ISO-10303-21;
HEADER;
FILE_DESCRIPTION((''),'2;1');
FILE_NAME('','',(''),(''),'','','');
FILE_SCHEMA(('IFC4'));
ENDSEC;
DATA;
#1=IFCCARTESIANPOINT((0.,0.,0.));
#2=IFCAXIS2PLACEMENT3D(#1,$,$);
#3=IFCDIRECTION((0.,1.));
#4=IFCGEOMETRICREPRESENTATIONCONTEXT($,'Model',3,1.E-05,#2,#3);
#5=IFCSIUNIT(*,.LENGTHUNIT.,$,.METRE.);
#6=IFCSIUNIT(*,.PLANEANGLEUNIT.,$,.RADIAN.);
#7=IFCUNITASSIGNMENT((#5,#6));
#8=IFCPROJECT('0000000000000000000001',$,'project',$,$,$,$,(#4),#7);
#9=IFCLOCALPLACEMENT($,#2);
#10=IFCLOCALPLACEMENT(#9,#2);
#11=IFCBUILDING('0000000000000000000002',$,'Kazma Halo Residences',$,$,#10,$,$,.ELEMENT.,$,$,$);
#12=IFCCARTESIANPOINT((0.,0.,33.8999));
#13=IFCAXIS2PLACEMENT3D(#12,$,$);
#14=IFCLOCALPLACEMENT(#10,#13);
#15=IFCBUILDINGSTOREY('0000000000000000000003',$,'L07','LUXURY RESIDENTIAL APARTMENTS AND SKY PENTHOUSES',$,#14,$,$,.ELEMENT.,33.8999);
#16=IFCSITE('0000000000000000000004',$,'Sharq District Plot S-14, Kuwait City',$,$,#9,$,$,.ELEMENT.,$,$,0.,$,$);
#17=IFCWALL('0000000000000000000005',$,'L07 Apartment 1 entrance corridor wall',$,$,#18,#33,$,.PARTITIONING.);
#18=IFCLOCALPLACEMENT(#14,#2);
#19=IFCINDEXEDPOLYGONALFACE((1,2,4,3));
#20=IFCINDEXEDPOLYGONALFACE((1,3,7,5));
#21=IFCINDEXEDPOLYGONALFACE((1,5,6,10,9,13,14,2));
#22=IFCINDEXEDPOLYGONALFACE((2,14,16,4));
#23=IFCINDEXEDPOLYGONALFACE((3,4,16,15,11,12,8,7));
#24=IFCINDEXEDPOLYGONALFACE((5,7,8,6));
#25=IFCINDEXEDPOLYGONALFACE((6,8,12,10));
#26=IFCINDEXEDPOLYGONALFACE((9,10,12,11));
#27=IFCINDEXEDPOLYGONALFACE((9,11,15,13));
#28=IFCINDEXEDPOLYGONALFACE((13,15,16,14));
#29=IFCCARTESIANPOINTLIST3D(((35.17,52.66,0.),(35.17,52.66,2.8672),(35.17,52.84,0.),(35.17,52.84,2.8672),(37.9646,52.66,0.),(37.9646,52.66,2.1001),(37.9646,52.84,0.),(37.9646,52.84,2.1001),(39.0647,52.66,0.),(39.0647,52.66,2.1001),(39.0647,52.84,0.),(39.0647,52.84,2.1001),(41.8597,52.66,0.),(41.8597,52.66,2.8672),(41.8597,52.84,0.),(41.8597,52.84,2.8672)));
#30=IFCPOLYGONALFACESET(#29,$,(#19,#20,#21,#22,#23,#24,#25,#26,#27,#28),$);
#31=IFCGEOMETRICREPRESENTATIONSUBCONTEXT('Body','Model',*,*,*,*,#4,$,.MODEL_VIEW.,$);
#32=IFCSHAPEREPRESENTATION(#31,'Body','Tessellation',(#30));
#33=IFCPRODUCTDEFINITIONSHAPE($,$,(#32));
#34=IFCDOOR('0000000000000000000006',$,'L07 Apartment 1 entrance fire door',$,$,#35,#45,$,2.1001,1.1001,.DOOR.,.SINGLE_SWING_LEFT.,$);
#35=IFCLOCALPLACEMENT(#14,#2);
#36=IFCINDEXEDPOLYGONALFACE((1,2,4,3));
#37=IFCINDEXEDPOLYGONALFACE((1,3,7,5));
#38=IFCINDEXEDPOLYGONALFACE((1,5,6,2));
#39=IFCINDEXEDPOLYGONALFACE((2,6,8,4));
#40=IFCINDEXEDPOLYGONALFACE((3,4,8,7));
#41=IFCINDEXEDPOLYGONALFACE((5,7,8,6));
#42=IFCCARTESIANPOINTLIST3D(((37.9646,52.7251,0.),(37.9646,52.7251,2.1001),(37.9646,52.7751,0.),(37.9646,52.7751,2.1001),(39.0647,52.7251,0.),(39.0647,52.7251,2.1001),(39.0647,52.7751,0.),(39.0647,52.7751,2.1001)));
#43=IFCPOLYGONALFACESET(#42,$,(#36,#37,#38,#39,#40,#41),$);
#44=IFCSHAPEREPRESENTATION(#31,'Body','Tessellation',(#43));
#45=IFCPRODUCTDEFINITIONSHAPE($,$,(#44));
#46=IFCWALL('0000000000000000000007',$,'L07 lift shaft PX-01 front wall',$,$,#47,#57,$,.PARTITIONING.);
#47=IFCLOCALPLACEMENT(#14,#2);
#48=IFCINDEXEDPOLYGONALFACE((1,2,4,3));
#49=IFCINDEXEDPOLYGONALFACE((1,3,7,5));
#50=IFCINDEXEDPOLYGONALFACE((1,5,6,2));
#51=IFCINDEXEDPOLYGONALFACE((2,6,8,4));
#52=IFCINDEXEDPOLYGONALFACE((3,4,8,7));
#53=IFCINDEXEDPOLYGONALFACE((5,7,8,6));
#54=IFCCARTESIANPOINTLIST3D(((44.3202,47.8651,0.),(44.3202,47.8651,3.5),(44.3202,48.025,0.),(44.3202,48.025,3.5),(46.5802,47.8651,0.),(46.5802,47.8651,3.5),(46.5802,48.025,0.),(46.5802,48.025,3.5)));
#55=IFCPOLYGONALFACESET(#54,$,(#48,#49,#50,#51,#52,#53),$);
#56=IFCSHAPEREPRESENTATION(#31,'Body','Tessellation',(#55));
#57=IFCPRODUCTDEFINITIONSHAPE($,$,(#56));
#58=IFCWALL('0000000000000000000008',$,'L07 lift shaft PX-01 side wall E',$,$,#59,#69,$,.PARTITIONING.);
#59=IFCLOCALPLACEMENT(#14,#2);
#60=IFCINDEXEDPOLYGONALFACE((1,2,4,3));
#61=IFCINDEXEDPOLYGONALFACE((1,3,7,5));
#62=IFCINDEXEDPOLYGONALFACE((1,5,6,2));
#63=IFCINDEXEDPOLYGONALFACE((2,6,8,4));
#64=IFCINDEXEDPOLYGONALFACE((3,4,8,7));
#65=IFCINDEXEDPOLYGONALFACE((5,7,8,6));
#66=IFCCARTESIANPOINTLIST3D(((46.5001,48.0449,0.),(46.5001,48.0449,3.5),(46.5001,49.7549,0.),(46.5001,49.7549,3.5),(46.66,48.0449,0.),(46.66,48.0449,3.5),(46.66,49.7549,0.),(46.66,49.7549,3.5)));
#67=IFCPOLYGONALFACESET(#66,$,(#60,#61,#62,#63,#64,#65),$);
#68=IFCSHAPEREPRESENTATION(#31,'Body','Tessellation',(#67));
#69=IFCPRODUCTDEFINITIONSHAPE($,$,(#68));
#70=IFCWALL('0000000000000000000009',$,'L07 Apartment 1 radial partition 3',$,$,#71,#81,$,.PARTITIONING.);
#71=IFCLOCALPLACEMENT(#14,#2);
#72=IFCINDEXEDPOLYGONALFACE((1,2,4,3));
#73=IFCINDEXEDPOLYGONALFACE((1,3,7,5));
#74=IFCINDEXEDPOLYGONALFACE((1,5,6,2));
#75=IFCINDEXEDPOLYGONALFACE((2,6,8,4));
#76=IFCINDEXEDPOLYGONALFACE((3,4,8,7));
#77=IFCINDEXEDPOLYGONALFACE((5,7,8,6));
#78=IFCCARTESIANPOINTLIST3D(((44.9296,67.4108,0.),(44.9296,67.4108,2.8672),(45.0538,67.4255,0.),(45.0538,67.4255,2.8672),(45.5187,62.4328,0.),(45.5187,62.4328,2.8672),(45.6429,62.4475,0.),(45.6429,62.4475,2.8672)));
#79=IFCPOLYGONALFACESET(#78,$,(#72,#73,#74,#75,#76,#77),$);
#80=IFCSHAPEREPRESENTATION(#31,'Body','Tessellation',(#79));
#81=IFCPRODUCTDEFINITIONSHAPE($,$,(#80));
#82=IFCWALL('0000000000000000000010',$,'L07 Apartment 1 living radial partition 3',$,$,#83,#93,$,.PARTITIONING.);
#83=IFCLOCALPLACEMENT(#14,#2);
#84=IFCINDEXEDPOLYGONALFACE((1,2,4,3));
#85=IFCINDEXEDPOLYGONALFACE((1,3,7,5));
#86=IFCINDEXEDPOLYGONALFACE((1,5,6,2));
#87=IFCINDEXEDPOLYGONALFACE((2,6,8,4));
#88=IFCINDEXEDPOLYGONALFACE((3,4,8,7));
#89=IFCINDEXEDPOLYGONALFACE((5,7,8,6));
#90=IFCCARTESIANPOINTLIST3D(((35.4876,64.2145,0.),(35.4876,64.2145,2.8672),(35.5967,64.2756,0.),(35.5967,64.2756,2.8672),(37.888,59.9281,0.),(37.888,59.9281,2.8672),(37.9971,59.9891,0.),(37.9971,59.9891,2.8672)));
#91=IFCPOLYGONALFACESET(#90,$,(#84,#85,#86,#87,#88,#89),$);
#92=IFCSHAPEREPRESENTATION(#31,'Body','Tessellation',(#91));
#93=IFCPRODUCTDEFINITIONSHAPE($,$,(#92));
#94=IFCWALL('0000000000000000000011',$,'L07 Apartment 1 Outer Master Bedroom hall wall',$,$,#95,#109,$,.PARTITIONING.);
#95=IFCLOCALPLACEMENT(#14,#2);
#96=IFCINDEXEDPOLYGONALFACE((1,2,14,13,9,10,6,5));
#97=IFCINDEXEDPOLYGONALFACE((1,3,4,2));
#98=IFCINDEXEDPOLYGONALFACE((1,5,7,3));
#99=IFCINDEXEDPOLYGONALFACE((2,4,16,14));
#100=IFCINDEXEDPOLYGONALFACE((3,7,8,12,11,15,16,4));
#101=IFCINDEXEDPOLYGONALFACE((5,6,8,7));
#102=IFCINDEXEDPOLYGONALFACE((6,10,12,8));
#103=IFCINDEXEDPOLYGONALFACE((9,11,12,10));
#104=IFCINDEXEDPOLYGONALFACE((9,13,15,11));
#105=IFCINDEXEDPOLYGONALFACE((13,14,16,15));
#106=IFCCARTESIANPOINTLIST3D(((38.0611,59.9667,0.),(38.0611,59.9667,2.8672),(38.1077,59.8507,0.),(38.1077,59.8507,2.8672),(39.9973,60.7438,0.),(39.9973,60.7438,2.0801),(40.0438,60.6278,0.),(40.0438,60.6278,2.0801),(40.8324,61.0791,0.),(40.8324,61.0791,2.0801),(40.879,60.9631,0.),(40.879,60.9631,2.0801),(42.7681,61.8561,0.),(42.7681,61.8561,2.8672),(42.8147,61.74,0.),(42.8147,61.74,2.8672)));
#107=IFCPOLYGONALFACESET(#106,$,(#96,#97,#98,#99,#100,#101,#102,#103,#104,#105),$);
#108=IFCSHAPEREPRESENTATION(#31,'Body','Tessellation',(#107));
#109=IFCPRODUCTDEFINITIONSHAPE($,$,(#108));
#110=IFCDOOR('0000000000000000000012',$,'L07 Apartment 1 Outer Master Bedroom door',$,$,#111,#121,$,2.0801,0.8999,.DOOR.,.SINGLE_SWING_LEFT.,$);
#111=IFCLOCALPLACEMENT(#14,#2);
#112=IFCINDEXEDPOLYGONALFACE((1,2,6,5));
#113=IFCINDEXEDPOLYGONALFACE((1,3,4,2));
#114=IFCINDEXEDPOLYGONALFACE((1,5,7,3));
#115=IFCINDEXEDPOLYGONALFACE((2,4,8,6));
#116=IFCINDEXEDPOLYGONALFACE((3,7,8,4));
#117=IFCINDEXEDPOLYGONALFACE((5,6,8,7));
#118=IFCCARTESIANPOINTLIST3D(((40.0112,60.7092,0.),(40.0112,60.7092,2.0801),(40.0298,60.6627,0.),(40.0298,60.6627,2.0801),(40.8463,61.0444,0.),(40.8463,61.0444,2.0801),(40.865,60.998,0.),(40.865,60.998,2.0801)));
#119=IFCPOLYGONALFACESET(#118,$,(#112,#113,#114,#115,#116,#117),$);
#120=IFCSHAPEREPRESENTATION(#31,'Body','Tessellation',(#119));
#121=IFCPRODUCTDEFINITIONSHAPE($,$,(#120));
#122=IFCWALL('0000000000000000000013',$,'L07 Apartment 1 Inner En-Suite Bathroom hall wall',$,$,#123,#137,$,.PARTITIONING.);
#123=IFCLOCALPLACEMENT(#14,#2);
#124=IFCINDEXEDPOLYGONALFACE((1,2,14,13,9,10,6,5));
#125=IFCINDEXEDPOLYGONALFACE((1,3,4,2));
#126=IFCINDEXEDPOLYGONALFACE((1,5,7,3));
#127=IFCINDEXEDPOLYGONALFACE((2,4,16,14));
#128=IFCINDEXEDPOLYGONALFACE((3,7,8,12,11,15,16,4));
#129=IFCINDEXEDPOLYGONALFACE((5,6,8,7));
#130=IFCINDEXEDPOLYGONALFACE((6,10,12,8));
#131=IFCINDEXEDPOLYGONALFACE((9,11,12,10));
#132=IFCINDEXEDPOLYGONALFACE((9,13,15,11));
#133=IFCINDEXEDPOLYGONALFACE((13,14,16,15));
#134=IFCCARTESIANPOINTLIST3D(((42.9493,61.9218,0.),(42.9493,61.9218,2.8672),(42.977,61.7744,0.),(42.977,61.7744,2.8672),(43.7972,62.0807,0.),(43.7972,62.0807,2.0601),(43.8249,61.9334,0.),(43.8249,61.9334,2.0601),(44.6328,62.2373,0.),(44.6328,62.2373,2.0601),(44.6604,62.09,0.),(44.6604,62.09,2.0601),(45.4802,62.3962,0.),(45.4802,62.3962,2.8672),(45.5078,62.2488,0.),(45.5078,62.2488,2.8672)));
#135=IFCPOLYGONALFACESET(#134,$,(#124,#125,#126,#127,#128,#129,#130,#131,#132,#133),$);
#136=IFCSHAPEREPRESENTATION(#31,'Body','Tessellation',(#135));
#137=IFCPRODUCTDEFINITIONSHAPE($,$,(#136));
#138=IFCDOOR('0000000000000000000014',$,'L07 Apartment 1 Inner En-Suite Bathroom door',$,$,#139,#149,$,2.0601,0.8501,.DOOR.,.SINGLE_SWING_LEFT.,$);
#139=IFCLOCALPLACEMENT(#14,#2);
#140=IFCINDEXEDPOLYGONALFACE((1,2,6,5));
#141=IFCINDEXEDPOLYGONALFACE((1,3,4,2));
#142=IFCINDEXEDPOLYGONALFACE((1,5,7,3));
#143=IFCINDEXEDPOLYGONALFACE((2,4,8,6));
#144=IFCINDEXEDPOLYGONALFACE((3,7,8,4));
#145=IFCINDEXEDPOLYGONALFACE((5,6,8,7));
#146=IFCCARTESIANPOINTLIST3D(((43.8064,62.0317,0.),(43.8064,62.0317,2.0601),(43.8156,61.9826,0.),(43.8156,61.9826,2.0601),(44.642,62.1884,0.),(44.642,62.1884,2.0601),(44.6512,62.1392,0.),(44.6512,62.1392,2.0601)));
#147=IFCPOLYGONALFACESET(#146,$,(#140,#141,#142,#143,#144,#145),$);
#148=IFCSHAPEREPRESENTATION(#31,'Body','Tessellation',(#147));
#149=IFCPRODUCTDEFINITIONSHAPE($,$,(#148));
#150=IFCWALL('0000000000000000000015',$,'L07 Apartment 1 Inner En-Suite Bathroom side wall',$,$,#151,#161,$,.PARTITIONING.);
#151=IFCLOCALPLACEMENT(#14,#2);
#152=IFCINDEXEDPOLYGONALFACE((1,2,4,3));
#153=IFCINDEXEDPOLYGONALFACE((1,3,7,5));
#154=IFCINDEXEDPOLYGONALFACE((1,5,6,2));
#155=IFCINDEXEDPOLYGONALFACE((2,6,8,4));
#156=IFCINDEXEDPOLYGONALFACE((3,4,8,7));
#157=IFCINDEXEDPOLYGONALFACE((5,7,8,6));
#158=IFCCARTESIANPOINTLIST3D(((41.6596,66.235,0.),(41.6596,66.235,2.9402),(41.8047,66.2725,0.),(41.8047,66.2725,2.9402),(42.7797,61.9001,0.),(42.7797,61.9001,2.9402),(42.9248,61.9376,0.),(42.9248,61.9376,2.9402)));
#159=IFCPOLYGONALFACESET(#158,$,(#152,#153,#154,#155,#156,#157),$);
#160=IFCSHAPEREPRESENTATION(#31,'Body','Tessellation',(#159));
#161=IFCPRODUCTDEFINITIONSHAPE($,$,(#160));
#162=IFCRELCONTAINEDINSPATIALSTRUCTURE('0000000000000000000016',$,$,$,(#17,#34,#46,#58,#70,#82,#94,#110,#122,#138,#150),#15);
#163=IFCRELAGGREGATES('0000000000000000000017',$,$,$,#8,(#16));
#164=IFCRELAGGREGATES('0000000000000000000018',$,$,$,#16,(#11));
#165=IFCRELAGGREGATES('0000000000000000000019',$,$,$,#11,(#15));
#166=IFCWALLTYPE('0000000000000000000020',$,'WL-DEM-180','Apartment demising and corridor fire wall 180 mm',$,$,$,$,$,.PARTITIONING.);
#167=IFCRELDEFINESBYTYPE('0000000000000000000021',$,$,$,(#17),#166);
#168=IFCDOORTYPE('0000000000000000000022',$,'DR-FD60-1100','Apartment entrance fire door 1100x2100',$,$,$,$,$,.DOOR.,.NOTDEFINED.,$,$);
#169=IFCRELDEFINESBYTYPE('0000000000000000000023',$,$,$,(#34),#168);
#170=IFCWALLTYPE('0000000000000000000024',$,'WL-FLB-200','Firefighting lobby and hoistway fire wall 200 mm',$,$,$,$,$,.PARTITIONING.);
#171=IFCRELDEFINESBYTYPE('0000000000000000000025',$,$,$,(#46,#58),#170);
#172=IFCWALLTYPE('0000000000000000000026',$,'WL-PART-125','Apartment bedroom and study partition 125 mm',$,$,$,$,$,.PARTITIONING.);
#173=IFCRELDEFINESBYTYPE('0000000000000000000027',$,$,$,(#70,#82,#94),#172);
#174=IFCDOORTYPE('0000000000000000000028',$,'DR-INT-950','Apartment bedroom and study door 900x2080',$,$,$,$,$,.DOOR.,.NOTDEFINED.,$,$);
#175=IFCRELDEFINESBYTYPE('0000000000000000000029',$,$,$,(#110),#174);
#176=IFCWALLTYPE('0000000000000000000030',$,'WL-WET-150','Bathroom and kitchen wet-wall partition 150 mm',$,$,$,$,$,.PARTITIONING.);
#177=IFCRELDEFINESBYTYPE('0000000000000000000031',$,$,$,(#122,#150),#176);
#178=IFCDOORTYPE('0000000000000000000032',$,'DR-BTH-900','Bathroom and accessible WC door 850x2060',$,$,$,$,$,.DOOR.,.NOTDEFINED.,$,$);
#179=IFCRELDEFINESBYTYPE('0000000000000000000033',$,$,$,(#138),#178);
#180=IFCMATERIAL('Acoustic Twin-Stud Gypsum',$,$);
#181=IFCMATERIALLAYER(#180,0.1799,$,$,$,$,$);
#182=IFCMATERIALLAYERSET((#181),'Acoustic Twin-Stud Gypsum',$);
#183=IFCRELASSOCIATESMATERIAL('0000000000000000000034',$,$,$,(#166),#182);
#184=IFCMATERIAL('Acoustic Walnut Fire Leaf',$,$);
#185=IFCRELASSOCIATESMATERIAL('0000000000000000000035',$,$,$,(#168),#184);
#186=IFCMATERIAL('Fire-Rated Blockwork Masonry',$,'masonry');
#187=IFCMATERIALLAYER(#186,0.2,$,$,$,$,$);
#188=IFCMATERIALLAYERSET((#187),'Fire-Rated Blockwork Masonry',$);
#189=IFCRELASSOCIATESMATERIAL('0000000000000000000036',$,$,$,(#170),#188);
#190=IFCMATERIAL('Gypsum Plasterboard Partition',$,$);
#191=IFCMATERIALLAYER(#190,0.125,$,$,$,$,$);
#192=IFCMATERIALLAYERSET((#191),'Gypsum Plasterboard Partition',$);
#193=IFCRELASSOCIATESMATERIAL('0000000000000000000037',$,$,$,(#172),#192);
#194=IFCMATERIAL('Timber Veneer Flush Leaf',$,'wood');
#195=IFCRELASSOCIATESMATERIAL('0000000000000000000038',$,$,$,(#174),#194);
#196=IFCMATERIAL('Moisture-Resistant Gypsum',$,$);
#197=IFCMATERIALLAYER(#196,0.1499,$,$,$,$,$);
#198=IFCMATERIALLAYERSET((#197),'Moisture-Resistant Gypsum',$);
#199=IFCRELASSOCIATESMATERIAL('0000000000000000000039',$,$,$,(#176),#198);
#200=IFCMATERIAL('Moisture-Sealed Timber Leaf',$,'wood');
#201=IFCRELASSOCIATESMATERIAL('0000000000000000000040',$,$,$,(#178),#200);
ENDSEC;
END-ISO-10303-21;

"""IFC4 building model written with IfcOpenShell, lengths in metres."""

from ifc_helpers import new_model, si_unit, direction, frame, frame_2d, origin, place, context, subcontext, project, spatial, rectangle, extrude, material, layer, layer_set, type_object, element, fill, save


model = new_model("IFC4")

# Units and contexts
model_context = context("Model", 3, precision=1e-05, world=origin(), true_north=direction((0.0, 1.0)))
body_context = subcontext(model_context, "Body", "Model", "MODEL_VIEW")
ifc_project = project(units=[si_unit("LENGTHUNIT", "METRE"), si_unit("PLANEANGLEUNIT", "RADIAN")], contexts=[model_context])

# Site, building, storey
site_placement = place(None, origin())
site = spatial("IfcSite", under=ifc_project, at=site_placement, Name="Sharq District Plot S-14, Kuwait City", CompositionType="ELEMENT", RefElevation=0.0)
building_placement = place(site_placement, origin())
building = spatial("IfcBuilding", under=site, at=building_placement, Name="Kazma Halo Residences", CompositionType="ELEMENT")
storey_placement = place(building_placement, frame((0.0, 0.0, 33.8999)))
storey = spatial("IfcBuildingStorey", under=building, at=storey_placement, Name="L07", Description="LUXURY RESIDENTIAL APARTMENTS AND SKY PENTHOUSES", CompositionType="ELEMENT", Elevation=33.8999)

# Wall, opening, door
ifc_material_1 = material(Name="Acoustic Twin-Stud Gypsum")
ifc_layer_1 = layer(ifc_material_1, 0.1799)
ifc_layer_set_1 = layer_set([ifc_layer_1], Name="Acoustic Twin-Stud Gypsum")
wall_type_1 = type_object("IfcWallType", Name="WL-DEM-180", Description="Apartment demising and corridor fire wall 180 mm", PredefinedType="PARTITIONING", material=ifc_layer_set_1)
wall_1_placement = place(storey_placement, frame((41.8596, 52.75, 0.0), z_axis=(0.0, 0.0, 1.0), x_axis=(-1.0, 0.0, 0.0)))
wall_1 = element("IfcWall", 1, at=wall_1_placement, inside=storey, type_object=wall_type_1, Name="L07 Apartment 1 entrance corridor wall", PredefinedType="PARTITIONING", context=body_context, shape_type="SweptSolid", body=[
    extrude(rectangle(XDim=6.6897, YDim=0.1799, at=frame_2d((3.3447, 0.0))), origin(), (0.0, 0.0, 1.0), 2.8672),
])
opening_1_placement = place(wall_1_placement, frame((2.7949, 0.0, 0.0)))
opening_1 = element("IfcOpeningElement", 2, at=opening_1_placement, cuts=wall_1, PredefinedType="OPENING", context=body_context, shape_type="SweptSolid", body=[
    extrude(rectangle(XDim=1.1001, YDim=2.1001, at=frame_2d((0.55, 1.05))), frame((0.0, 0.0999, 0.0), z_axis=(0.0, -1.0, 0.0), x_axis=(1.0, 0.0, 0.0)), (0.0, 0.0, 1.0), 0.2),
])
ifc_material_2 = material(Name="Acoustic Walnut Fire Leaf")
door_type_1 = type_object("IfcDoorType", Name="DR-FD60-1100", Description="Apartment entrance fire door 1100x2100", OperationType="NOTDEFINED", PredefinedType="DOOR", material=ifc_material_2)
door_1_placement = place(opening_1_placement, origin())
door_1 = element("IfcDoor", 3, at=door_1_placement, inside=storey, type_object=door_type_1, Name="L07 Apartment 1 entrance fire door", OperationType="SINGLE_SWING_LEFT", OverallHeight=2.1001, OverallWidth=1.1001, PredefinedType="DOOR", context=body_context, shape_type="SweptSolid", body=[
    extrude(rectangle(XDim=1.1001, YDim=2.1001, at=frame_2d((0.55, 1.05))), frame((0.0, 0.0249, 0.0), z_axis=(0.0, -1.0, 0.0), x_axis=(1.0, 0.0, 0.0)), (0.0, 0.0, 1.0), 0.05),
])
fill(opening_1, door_1)

# Walls
ifc_material_3 = material(Name="Fire-Rated Blockwork Masonry", Category="masonry")
ifc_layer_2 = layer(ifc_material_3, 0.2)
ifc_layer_set_2 = layer_set([ifc_layer_2], Name="Fire-Rated Blockwork Masonry")
wall_type_2 = type_object("IfcWallType", Name="WL-FLB-200", Description="Firefighting lobby and hoistway fire wall 200 mm", PredefinedType="PARTITIONING", material=ifc_layer_set_2)
wall_2_placement = place(storey_placement, frame((46.5801, 47.9451, 0.0), z_axis=(0.0, 0.0, 1.0), x_axis=(-1.0, 0.0, 0.0)))
element("IfcWall", 4, at=wall_2_placement, inside=storey, type_object=wall_type_2, Name="L07 lift shaft PX-01 front wall", PredefinedType="PARTITIONING", context=body_context, shape_type="SweptSolid", body=[
    extrude(rectangle(XDim=2.26, YDim=0.1599, at=frame_2d((1.1299, 0.0))), origin(), (0.0, 0.0, 1.0), 3.5),
])
wall_3_placement = place(storey_placement, frame((46.5801, 48.0449, 0.0), z_axis=(0.0, 0.0, 1.0), x_axis=(0.0, 1.0, 0.0)))
element("IfcWall", 5, at=wall_3_placement, inside=storey, type_object=wall_type_2, Name="L07 lift shaft PX-01 side wall E", PredefinedType="PARTITIONING", context=body_context, shape_type="SweptSolid", body=[
    extrude(rectangle(XDim=1.71, YDim=0.1599, at=frame_2d((0.855, 0.0))), origin(), (0.0, 0.0, 1.0), 3.5),
])
ifc_material_4 = material(Name="Gypsum Plasterboard Partition")
ifc_layer_3 = layer(ifc_material_4, 0.125)
ifc_layer_set_3 = layer_set([ifc_layer_3], Name="Gypsum Plasterboard Partition")
wall_type_3 = type_object("IfcWallType", Name="WL-PART-125", Description="Apartment bedroom and study partition 125 mm", PredefinedType="PARTITIONING", material=ifc_layer_set_3)
wall_4_placement = place(storey_placement, frame((45.5808, 62.4402, 0.0), z_axis=(0.0, 0.0, 1.0), x_axis=(-0.117522, 0.99307, 0.0)))
element("IfcWall", 6, at=wall_4_placement, inside=storey, type_object=wall_type_3, Name="L07 Apartment 1 radial partition 3", PredefinedType="PARTITIONING", context=body_context, shape_type="SweptSolid", body=[
    extrude(rectangle(XDim=5.0127, YDim=0.125, at=frame_2d((2.5063, 0.0))), origin(), (0.0, 0.0, 1.0), 2.8672),
])
wall_5_placement = place(storey_placement, frame((37.9426, 59.9585, 0.0), z_axis=(0.0, 0.0, 1.0), x_axis=(-0.488606, 0.872504, 0.0)))
element("IfcWall", 7, at=wall_5_placement, inside=storey, type_object=wall_type_3, Name="L07 Apartment 1 living radial partition 3", PredefinedType="PARTITIONING", context=body_context, shape_type="SweptSolid", body=[
    extrude(rectangle(XDim=4.9128, YDim=0.125, at=frame_2d((2.4565, 0.0))), origin(), (0.0, 0.0, 1.0), 2.8672),
])

# Walls, openings, doors
wall_6_placement = place(storey_placement, frame((42.7915, 61.7981, 0.0), z_axis=(0.0, 0.0, 1.0), x_axis=(-0.928028, -0.372511, 0.0)))
wall_6 = element("IfcWall", 8, at=wall_6_placement, inside=storey, type_object=wall_type_3, Name="L07 Apartment 1 Outer Master Bedroom hall wall", PredefinedType="PARTITIONING", context=body_context, shape_type="SweptSolid", body=[
    extrude(rectangle(XDim=5.072, YDim=0.125, at=frame_2d((2.5361, 0.0))), origin(), (0.0, 0.0, 1.0), 2.8672),
])
opening_2_placement = place(wall_6_placement, frame((2.0859, 0.0, 0.0)))
opening_2 = element("IfcOpeningElement", 9, at=opening_2_placement, cuts=wall_6, PredefinedType="OPENING", context=body_context, shape_type="SweptSolid", body=[
    extrude(rectangle(XDim=0.8999, YDim=2.0801, at=frame_2d((0.45, 1.04))), frame((0.0, 0.0725, 0.0), z_axis=(0.0, -1.0, 0.0), x_axis=(1.0, 0.0, 0.0)), (0.0, 0.0, 1.0), 0.145),
])
ifc_material_5 = material(Name="Timber Veneer Flush Leaf", Category="wood")
door_type_2 = type_object("IfcDoorType", Name="DR-INT-950", Description="Apartment bedroom and study door 900x2080", OperationType="NOTDEFINED", PredefinedType="DOOR", material=ifc_material_5)
door_2_placement = place(opening_2_placement, origin())
door_2 = element("IfcDoor", 10, at=door_2_placement, inside=storey, type_object=door_type_2, Name="L07 Apartment 1 Outer Master Bedroom door", OperationType="SINGLE_SWING_LEFT", OverallHeight=2.0801, OverallWidth=0.8999, PredefinedType="DOOR", context=body_context, shape_type="SweptSolid", body=[
    extrude(rectangle(XDim=0.8999, YDim=2.0801, at=frame_2d((0.45, 1.04))), frame((0.0, 0.0249, 0.0), z_axis=(0.0, -1.0, 0.0), x_axis=(1.0, 0.0, 0.0)), (0.0, 0.0, 1.0), 0.05),
])
fill(opening_2, door_2)
ifc_material_6 = material(Name="Moisture-Resistant Gypsum")
ifc_layer_4 = layer(ifc_material_6, 0.1499)
ifc_layer_set_4 = layer_set([ifc_layer_4], Name="Moisture-Resistant Gypsum")
wall_type_4 = type_object("IfcWallType", Name="WL-WET-150", Description="Bathroom and kitchen wet-wall partition 150 mm", PredefinedType="PARTITIONING", material=ifc_layer_set_4)
wall_7_placement = place(storey_placement, frame((45.4941, 62.3225, 0.0), z_axis=(0.0, 0.0, 1.0), x_axis=(-0.982883, -0.184231, 0.0)))
wall_7 = element("IfcWall", 11, at=wall_7_placement, inside=storey, type_object=wall_type_4, Name="L07 Apartment 1 Inner En-Suite Bathroom hall wall", PredefinedType="PARTITIONING", context=body_context, shape_type="SweptSolid", body=[
    extrude(rectangle(XDim=2.575, YDim=0.1499, at=frame_2d((1.2876, 0.0))), origin(), (0.0, 0.0, 1.0), 2.8672),
])
opening_3_placement = place(wall_7_placement, frame((0.8623, 0.0, 0.0)))
opening_3 = element("IfcOpeningElement", 12, at=opening_3_placement, cuts=wall_7, PredefinedType="OPENING", context=body_context, shape_type="SweptSolid", body=[
    extrude(rectangle(XDim=0.8501, YDim=2.0601, at=frame_2d((0.425, 1.03))), frame((0.0, 0.085, 0.0), z_axis=(0.0, -1.0, 0.0), x_axis=(1.0, 0.0, 0.0)), (0.0, 0.0, 1.0), 0.1699),
])
ifc_material_7 = material(Name="Moisture-Sealed Timber Leaf", Category="wood")
door_type_3 = type_object("IfcDoorType", Name="DR-BTH-900", Description="Bathroom and accessible WC door 850x2060", OperationType="NOTDEFINED", PredefinedType="DOOR", material=ifc_material_7)
door_3_placement = place(opening_3_placement, origin())
door_3 = element("IfcDoor", 13, at=door_3_placement, inside=storey, type_object=door_type_3, Name="L07 Apartment 1 Inner En-Suite Bathroom door", OperationType="SINGLE_SWING_LEFT", OverallHeight=2.0601, OverallWidth=0.8501, PredefinedType="DOOR", context=body_context, shape_type="SweptSolid", body=[
    extrude(rectangle(XDim=0.8501, YDim=2.0601, at=frame_2d((0.425, 1.03))), frame((0.0, 0.0249, 0.0), z_axis=(0.0, -1.0, 0.0), x_axis=(1.0, 0.0, 0.0)), (0.0, 0.0, 1.0), 0.05),
])
fill(opening_3, door_3)

# Wall
wall_8_placement = place(storey_placement, frame((42.8523, 61.9187, 0.0), z_axis=(0.0, 0.0, 1.0), x_axis=(-0.250175, 0.968201, 0.0)))
element("IfcWall", 14, at=wall_8_placement, inside=storey, type_object=wall_type_4, Name="L07 Apartment 1 Inner En-Suite Bathroom side wall", PredefinedType="PARTITIONING", context=body_context, shape_type="SweptSolid", body=[
    extrude(rectangle(XDim=4.4773, YDim=0.1499, at=frame_2d((2.2388, 0.0))), origin(), (0.0, 0.0, 1.0), 2.9402),
])

save(model, "model.ifc")
